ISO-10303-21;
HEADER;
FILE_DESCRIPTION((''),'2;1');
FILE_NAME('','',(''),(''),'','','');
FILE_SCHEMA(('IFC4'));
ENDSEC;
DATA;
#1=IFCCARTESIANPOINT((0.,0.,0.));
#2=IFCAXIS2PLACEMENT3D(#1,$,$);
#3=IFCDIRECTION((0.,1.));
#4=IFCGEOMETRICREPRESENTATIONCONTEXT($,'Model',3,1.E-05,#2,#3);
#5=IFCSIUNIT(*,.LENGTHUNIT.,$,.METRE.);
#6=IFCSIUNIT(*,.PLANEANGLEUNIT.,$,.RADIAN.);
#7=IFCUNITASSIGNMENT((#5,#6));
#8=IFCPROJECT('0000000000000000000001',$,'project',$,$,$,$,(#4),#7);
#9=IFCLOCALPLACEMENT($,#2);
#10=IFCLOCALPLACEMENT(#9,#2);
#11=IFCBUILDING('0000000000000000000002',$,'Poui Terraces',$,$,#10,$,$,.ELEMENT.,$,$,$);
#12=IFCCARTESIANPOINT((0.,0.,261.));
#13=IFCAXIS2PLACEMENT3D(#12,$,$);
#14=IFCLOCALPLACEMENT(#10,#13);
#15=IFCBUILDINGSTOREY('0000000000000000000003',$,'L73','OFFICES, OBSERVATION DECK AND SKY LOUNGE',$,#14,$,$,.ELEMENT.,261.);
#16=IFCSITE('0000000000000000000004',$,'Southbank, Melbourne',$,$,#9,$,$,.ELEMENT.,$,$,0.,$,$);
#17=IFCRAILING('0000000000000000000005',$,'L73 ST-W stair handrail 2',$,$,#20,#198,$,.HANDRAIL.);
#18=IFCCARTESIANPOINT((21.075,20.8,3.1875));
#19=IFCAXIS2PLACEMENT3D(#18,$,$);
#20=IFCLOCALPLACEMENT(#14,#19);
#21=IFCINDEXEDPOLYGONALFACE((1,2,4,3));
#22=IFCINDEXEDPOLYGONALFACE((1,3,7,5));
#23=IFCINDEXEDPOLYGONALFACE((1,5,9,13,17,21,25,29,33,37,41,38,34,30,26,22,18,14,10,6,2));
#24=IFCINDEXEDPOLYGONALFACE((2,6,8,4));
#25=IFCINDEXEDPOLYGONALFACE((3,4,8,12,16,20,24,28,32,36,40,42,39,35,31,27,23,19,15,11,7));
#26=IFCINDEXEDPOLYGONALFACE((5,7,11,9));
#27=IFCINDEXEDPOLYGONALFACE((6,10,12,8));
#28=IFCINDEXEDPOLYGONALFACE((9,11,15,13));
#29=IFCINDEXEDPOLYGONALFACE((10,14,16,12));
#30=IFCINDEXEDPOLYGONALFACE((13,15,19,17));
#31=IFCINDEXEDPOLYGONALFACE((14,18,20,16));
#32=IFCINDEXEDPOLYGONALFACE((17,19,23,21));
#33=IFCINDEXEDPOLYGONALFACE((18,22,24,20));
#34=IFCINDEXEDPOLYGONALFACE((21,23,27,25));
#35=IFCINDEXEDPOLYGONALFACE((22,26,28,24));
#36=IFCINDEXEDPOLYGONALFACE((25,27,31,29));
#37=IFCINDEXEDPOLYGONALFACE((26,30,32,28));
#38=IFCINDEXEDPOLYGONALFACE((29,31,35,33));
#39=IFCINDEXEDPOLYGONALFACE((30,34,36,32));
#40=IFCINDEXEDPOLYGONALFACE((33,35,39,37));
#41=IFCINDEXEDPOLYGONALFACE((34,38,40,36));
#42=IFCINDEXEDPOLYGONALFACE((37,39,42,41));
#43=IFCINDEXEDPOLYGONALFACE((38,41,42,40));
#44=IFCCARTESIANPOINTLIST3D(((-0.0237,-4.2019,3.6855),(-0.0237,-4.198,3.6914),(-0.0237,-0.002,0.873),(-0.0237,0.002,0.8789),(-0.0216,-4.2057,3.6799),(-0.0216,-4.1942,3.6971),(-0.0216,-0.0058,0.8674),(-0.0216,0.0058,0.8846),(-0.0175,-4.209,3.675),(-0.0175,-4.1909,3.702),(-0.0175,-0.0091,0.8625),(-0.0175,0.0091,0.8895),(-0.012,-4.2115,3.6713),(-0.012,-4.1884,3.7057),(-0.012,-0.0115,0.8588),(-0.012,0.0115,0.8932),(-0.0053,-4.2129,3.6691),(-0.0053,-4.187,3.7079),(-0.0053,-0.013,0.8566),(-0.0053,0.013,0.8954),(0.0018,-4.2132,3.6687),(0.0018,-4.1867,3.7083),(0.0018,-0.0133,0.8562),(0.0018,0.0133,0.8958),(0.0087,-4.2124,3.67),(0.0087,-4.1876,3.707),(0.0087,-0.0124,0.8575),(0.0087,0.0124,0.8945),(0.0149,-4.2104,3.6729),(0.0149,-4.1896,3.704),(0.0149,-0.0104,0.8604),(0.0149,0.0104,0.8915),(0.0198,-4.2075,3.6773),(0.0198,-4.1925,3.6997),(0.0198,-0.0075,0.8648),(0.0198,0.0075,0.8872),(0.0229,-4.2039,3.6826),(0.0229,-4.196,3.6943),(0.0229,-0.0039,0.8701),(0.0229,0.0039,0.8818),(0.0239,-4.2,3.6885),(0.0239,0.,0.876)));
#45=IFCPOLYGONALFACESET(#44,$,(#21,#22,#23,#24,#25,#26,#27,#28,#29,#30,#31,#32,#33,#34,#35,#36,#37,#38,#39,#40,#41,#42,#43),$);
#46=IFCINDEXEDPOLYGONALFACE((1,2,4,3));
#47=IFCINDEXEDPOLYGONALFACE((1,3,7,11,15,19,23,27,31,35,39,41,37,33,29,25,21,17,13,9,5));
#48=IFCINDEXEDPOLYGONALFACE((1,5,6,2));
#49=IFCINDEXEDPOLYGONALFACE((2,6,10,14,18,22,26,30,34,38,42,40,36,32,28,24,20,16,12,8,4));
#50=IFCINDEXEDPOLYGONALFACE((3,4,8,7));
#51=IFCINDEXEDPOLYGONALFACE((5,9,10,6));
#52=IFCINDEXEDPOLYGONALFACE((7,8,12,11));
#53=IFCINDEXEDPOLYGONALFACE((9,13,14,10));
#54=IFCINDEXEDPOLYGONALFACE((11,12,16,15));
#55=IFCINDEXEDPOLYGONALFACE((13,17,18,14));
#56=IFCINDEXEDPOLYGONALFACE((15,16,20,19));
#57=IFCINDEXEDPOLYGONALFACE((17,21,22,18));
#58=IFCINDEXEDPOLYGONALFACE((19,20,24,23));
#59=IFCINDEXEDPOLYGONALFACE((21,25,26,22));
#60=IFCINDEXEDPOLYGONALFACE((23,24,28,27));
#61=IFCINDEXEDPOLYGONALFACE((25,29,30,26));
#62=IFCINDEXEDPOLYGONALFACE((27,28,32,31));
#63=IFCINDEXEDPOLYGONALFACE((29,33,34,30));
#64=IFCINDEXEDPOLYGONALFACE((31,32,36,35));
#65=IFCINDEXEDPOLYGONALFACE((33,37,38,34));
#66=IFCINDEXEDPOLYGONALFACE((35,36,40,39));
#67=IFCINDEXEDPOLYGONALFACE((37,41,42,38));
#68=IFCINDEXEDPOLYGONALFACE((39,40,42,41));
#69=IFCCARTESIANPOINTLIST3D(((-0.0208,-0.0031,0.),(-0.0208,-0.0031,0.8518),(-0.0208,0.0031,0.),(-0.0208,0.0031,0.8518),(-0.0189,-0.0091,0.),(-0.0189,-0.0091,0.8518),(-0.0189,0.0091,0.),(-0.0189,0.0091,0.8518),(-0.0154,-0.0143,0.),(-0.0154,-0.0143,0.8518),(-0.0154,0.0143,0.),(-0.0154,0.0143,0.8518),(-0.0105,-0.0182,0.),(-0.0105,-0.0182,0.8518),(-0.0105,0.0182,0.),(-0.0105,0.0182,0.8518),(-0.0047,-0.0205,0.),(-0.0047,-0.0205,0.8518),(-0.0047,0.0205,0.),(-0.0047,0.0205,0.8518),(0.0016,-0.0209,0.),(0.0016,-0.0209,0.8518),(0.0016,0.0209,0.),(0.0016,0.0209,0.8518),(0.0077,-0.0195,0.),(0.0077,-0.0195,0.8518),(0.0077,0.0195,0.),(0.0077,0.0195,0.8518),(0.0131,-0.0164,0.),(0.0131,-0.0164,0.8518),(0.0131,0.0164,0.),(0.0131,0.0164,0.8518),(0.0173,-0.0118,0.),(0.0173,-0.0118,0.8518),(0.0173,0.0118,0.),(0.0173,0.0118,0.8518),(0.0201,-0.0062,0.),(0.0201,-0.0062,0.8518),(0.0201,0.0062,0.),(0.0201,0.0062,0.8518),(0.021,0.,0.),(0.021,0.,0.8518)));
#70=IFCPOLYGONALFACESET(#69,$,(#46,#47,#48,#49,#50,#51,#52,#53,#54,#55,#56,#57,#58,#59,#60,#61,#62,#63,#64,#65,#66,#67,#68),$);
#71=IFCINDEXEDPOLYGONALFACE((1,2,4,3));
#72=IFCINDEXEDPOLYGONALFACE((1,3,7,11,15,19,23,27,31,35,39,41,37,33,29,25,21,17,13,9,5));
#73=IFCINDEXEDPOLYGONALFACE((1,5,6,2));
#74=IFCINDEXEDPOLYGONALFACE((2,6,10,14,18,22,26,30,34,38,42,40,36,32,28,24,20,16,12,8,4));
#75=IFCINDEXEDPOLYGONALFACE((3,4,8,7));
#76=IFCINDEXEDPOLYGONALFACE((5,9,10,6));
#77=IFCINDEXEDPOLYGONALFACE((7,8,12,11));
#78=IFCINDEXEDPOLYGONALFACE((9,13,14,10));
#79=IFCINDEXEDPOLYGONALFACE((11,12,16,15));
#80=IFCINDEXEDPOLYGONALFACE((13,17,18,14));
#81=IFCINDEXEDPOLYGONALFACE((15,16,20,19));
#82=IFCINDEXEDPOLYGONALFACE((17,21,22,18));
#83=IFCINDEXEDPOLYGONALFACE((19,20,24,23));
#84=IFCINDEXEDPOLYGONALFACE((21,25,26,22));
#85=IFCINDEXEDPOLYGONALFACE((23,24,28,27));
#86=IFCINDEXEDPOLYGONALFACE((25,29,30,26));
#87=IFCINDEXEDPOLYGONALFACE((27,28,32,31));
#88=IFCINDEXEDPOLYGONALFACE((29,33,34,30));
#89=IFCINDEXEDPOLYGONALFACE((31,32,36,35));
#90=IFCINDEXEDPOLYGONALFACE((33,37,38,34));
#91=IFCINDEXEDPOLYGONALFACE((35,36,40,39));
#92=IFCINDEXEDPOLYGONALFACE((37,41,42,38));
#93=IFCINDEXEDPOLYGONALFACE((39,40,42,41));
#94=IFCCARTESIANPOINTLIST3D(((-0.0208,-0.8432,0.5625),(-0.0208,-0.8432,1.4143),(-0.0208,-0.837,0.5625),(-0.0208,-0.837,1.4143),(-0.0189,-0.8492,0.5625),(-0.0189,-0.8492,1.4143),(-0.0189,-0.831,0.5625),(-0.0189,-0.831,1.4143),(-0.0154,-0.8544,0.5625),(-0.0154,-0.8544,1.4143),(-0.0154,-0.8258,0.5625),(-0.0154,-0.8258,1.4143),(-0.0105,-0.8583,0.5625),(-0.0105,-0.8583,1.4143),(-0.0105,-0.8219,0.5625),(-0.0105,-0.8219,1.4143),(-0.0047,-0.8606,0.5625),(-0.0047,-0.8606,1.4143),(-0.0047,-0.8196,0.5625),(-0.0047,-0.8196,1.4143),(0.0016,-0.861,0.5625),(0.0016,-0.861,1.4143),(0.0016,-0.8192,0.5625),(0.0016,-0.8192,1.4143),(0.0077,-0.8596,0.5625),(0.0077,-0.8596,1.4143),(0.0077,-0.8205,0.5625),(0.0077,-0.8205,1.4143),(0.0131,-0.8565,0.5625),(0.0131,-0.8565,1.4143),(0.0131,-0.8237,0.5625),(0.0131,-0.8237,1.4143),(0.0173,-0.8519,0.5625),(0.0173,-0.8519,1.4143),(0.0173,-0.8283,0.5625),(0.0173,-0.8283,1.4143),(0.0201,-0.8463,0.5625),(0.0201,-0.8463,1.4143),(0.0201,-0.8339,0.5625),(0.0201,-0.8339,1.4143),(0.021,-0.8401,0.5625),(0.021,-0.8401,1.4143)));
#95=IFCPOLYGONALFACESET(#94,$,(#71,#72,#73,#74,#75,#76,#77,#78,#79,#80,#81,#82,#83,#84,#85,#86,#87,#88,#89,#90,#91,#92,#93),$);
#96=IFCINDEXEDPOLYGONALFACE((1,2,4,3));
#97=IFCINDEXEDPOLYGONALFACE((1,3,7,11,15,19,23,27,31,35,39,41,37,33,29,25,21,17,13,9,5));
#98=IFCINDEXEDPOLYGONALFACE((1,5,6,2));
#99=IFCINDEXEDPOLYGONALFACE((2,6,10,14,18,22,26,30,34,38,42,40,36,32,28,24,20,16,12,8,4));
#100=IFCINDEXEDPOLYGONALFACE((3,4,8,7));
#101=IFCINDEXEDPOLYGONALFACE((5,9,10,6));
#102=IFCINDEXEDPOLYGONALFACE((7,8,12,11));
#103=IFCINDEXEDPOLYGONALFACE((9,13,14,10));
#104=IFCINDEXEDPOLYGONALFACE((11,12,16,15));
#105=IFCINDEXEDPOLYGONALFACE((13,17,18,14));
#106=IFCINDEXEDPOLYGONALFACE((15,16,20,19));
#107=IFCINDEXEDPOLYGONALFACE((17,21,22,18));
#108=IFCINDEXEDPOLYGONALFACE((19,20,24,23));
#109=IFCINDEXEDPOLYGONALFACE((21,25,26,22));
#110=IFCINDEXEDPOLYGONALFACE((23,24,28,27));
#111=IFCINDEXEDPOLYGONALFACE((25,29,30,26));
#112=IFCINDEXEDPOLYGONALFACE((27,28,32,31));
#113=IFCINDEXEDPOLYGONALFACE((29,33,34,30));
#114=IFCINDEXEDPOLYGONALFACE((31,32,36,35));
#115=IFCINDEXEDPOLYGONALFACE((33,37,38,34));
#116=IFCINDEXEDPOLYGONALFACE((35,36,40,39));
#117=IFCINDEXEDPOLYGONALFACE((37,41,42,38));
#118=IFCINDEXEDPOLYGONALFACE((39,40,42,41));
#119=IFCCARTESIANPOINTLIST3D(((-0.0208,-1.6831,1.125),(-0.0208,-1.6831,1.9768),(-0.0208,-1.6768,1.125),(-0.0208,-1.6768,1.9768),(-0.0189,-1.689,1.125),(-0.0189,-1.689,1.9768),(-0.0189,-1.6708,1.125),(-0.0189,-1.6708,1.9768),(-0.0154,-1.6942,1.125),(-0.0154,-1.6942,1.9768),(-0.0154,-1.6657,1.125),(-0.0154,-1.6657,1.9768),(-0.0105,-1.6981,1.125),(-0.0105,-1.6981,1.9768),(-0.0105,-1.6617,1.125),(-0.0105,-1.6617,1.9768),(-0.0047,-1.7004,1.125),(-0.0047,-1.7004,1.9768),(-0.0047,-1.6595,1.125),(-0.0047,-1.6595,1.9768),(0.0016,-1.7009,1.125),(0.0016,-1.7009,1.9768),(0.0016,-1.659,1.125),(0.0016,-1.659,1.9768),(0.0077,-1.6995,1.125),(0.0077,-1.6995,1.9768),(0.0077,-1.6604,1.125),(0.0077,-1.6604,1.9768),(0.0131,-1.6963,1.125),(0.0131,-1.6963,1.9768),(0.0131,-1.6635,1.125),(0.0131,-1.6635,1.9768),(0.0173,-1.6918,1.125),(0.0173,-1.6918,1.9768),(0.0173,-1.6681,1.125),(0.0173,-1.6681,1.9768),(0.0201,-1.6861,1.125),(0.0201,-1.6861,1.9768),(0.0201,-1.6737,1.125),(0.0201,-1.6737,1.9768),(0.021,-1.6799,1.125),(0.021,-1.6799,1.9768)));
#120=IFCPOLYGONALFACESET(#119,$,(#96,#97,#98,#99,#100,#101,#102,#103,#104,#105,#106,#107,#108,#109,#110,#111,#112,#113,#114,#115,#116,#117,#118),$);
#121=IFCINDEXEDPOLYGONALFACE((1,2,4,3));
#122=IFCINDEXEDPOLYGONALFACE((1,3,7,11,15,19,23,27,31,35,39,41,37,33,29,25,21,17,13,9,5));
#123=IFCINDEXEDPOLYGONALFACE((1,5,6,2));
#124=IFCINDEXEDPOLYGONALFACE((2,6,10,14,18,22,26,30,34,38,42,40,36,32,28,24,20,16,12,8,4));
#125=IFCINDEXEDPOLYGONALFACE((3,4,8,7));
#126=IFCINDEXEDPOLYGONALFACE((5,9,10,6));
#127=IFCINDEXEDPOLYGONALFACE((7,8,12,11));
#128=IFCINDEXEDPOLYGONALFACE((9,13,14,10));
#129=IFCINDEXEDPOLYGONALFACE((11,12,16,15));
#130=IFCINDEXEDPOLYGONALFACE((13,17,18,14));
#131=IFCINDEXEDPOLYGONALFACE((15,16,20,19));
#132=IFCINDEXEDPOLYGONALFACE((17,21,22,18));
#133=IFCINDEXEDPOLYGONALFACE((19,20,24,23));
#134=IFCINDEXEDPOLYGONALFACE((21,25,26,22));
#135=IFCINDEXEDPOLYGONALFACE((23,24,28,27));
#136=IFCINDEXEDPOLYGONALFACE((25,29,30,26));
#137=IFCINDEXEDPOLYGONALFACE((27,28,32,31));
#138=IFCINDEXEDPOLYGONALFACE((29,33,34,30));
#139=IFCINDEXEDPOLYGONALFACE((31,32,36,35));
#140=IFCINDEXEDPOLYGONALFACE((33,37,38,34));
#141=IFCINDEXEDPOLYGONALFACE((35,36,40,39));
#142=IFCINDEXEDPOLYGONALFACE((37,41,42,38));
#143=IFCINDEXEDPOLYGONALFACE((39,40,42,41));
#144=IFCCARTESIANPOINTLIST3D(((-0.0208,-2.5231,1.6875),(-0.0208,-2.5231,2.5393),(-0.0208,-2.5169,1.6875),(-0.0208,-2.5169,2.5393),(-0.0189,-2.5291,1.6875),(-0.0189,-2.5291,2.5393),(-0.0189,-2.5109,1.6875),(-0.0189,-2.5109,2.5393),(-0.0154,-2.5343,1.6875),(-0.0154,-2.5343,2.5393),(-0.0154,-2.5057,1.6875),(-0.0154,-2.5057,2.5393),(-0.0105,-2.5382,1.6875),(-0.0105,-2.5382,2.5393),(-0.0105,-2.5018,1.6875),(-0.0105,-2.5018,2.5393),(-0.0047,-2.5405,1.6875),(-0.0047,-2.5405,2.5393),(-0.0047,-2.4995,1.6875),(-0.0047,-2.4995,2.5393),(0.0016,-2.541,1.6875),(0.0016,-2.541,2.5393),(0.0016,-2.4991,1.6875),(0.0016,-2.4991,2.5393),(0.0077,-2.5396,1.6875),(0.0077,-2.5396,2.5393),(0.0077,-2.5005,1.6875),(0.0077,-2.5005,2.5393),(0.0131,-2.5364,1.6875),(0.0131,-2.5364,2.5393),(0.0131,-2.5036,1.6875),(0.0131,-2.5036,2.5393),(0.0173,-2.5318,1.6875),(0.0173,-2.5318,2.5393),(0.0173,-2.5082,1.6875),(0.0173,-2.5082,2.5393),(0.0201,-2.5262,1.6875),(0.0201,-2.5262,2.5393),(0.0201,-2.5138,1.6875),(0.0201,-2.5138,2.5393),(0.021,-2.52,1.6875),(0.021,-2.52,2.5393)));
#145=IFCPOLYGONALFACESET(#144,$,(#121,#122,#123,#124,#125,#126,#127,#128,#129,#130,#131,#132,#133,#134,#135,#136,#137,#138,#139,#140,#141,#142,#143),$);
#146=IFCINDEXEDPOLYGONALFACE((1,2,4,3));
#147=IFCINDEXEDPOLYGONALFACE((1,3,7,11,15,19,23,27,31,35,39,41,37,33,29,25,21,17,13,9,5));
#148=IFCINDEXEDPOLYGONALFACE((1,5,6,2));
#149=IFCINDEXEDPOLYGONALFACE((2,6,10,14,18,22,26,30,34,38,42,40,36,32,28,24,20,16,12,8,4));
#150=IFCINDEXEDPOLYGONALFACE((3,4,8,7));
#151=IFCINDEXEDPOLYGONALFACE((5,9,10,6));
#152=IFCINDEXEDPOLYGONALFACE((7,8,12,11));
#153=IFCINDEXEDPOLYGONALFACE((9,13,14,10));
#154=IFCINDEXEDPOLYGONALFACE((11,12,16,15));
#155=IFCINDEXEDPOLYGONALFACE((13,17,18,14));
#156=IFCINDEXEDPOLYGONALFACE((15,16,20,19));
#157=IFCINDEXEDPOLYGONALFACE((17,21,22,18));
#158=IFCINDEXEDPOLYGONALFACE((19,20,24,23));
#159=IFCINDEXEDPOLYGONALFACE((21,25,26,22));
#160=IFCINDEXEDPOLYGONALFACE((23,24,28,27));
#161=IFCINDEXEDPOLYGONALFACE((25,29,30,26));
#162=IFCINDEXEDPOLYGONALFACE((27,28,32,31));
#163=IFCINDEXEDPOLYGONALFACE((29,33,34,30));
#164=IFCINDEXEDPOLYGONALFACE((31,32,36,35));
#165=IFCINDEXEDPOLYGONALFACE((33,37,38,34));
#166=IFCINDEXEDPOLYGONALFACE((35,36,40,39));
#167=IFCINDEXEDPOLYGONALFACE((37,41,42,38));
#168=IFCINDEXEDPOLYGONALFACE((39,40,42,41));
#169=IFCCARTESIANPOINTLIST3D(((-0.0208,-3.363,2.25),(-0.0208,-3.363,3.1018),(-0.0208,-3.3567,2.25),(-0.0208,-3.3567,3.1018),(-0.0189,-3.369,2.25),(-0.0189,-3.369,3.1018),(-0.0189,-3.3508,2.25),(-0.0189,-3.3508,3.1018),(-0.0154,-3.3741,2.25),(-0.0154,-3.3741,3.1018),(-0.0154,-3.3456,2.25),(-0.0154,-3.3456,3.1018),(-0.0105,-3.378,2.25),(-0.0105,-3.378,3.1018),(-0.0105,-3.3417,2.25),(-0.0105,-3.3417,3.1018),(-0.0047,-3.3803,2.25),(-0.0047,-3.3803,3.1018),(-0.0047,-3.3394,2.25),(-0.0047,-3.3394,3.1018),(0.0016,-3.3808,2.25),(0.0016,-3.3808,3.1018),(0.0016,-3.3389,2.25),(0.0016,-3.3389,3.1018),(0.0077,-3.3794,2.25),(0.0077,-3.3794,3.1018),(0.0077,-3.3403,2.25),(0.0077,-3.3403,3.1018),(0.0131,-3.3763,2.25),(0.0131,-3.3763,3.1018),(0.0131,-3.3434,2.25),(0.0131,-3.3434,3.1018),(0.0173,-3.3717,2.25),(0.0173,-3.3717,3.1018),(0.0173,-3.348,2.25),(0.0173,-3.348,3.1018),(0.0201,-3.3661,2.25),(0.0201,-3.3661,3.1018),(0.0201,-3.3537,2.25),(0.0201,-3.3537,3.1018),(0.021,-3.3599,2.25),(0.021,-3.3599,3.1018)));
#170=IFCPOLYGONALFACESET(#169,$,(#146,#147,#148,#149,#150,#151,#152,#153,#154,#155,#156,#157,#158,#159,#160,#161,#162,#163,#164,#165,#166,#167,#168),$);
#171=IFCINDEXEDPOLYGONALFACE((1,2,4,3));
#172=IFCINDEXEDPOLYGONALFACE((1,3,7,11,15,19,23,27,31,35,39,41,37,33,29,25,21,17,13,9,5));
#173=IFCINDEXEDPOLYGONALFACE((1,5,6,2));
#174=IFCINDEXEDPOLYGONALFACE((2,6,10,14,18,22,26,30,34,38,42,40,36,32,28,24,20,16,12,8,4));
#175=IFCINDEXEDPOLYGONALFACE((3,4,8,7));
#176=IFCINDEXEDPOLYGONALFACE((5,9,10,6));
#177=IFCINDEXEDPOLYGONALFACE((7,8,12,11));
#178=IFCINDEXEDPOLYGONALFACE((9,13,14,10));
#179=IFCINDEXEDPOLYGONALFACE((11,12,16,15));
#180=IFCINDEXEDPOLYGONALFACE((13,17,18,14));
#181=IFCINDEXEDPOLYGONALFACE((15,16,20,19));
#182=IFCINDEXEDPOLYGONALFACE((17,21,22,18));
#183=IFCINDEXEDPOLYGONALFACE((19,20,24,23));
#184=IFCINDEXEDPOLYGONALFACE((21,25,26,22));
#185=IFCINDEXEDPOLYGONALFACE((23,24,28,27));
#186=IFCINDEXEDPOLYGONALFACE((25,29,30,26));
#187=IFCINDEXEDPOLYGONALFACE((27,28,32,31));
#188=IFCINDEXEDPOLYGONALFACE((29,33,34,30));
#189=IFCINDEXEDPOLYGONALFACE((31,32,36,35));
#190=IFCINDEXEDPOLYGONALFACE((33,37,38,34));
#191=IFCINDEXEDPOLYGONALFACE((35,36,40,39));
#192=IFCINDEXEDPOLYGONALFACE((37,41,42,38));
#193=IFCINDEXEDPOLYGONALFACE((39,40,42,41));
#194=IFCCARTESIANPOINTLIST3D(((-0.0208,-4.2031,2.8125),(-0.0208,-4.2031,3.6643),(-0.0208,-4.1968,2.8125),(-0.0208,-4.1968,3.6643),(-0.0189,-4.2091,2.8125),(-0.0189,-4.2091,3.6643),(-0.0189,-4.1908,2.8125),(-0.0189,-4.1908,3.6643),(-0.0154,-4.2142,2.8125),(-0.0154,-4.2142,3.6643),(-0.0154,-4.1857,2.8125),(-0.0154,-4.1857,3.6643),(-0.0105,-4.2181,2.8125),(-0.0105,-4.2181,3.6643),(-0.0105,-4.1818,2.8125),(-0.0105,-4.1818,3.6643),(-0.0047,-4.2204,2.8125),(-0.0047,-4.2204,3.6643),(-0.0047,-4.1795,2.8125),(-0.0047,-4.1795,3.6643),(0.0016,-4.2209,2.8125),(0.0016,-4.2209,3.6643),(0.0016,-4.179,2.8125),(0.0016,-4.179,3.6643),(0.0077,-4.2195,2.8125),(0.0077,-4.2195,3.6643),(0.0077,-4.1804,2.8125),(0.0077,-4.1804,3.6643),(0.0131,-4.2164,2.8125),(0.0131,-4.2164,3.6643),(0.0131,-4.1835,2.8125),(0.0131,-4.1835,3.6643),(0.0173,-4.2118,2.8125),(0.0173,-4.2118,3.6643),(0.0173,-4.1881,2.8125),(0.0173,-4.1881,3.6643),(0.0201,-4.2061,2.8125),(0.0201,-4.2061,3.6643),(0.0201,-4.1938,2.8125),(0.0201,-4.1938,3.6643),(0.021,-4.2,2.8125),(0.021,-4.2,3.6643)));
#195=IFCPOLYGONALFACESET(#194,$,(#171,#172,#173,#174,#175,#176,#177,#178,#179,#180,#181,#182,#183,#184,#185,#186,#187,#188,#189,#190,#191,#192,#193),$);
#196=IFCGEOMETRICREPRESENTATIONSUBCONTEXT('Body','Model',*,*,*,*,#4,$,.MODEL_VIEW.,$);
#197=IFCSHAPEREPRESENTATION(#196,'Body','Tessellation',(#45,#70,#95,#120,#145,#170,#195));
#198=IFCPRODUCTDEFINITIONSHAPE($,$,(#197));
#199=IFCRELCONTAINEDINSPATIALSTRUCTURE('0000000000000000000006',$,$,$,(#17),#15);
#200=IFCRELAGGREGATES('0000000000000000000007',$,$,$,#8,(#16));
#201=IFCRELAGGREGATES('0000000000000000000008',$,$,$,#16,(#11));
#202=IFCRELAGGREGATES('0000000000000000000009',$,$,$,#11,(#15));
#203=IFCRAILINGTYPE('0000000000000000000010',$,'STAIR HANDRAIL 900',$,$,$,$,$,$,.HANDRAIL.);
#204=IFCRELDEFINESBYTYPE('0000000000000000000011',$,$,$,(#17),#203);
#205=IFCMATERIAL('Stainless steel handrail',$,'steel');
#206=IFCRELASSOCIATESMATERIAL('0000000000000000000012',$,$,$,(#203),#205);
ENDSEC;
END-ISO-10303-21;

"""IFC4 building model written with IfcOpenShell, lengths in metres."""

from ifc_helpers import new_model, si_unit, direction, frame, origin, origin_2d, place, context, subcontext, project, spatial, circle, extrude, material, type_object, element, save


model = new_model("IFC4")

# Units and contexts
model_context = context("Model", 3, precision=1e-05, world=origin(), true_north=direction((0.0, 1.0)))
body_context = subcontext(model_context, "Body", "Model", "MODEL_VIEW")
ifc_project = project(units=[si_unit("LENGTHUNIT", "METRE"), si_unit("PLANEANGLEUNIT", "RADIAN")], contexts=[model_context])

# Site, building, storey
site_placement = place(None, origin())
site = spatial("IfcSite", under=ifc_project, at=site_placement, Name="Southbank, Melbourne", CompositionType="ELEMENT", RefElevation=0.0)
building_placement = place(site_placement, origin())
building = spatial("IfcBuilding", under=site, at=building_placement, Name="Poui Terraces", CompositionType="ELEMENT")
storey_placement = place(building_placement, frame((0.0, 0.0, 261.0)))
storey = spatial("IfcBuildingStorey", under=building, at=storey_placement, Name="L73", Description="OFFICES, OBSERVATION DECK AND SKY LOUNGE", CompositionType="ELEMENT", Elevation=261.0)

# Railing
ifc_material_1 = material(Name="Stainless steel handrail", Category="steel")
railing_type_1 = type_object("IfcRailingType", Name="STAIR HANDRAIL 900", PredefinedType="HANDRAIL", material=ifc_material_1)
railing_1_placement = place(storey_placement, frame((21.075, 20.8, 3.1875)))
element("IfcRailing", 1, at=railing_1_placement, inside=storey, type_object=railing_type_1, Name="L73 ST-W stair handrail 2", PredefinedType="HANDRAIL", context=body_context, shape_type="SweptSolid", body=[
    extrude(circle(Radius=0.0239, at=origin_2d()), frame((0.0, 0.0, 0.876), z_axis=(0.0, -0.830904, 0.556416), x_axis=(1.0, 0.0, 0.0)), (0.0, 0.0, 1.0), 5.0547),
    extrude(circle(Radius=0.021, at=origin_2d()), origin(), (0.0, 0.0, 1.0), 0.8518),
    extrude(circle(Radius=0.021, at=origin_2d()), frame((0.0, -0.8401, 0.5625)), (0.0, 0.0, 1.0), 0.8518),
    extrude(circle(Radius=0.021, at=origin_2d()), frame((0.0, -1.6799, 1.125)), (0.0, 0.0, 1.0), 0.8518),
    extrude(circle(Radius=0.021, at=origin_2d()), frame((0.0, -2.52, 1.6875)), (0.0, 0.0, 1.0), 0.8518),
    extrude(circle(Radius=0.021, at=origin_2d()), frame((0.0, -3.3599, 2.25)), (0.0, 0.0, 1.0), 0.8518),
    extrude(circle(Radius=0.021, at=origin_2d()), frame((0.0, -4.2, 2.8125)), (0.0, 0.0, 1.0), 0.8518),
])

save(model, "model.ifc")
